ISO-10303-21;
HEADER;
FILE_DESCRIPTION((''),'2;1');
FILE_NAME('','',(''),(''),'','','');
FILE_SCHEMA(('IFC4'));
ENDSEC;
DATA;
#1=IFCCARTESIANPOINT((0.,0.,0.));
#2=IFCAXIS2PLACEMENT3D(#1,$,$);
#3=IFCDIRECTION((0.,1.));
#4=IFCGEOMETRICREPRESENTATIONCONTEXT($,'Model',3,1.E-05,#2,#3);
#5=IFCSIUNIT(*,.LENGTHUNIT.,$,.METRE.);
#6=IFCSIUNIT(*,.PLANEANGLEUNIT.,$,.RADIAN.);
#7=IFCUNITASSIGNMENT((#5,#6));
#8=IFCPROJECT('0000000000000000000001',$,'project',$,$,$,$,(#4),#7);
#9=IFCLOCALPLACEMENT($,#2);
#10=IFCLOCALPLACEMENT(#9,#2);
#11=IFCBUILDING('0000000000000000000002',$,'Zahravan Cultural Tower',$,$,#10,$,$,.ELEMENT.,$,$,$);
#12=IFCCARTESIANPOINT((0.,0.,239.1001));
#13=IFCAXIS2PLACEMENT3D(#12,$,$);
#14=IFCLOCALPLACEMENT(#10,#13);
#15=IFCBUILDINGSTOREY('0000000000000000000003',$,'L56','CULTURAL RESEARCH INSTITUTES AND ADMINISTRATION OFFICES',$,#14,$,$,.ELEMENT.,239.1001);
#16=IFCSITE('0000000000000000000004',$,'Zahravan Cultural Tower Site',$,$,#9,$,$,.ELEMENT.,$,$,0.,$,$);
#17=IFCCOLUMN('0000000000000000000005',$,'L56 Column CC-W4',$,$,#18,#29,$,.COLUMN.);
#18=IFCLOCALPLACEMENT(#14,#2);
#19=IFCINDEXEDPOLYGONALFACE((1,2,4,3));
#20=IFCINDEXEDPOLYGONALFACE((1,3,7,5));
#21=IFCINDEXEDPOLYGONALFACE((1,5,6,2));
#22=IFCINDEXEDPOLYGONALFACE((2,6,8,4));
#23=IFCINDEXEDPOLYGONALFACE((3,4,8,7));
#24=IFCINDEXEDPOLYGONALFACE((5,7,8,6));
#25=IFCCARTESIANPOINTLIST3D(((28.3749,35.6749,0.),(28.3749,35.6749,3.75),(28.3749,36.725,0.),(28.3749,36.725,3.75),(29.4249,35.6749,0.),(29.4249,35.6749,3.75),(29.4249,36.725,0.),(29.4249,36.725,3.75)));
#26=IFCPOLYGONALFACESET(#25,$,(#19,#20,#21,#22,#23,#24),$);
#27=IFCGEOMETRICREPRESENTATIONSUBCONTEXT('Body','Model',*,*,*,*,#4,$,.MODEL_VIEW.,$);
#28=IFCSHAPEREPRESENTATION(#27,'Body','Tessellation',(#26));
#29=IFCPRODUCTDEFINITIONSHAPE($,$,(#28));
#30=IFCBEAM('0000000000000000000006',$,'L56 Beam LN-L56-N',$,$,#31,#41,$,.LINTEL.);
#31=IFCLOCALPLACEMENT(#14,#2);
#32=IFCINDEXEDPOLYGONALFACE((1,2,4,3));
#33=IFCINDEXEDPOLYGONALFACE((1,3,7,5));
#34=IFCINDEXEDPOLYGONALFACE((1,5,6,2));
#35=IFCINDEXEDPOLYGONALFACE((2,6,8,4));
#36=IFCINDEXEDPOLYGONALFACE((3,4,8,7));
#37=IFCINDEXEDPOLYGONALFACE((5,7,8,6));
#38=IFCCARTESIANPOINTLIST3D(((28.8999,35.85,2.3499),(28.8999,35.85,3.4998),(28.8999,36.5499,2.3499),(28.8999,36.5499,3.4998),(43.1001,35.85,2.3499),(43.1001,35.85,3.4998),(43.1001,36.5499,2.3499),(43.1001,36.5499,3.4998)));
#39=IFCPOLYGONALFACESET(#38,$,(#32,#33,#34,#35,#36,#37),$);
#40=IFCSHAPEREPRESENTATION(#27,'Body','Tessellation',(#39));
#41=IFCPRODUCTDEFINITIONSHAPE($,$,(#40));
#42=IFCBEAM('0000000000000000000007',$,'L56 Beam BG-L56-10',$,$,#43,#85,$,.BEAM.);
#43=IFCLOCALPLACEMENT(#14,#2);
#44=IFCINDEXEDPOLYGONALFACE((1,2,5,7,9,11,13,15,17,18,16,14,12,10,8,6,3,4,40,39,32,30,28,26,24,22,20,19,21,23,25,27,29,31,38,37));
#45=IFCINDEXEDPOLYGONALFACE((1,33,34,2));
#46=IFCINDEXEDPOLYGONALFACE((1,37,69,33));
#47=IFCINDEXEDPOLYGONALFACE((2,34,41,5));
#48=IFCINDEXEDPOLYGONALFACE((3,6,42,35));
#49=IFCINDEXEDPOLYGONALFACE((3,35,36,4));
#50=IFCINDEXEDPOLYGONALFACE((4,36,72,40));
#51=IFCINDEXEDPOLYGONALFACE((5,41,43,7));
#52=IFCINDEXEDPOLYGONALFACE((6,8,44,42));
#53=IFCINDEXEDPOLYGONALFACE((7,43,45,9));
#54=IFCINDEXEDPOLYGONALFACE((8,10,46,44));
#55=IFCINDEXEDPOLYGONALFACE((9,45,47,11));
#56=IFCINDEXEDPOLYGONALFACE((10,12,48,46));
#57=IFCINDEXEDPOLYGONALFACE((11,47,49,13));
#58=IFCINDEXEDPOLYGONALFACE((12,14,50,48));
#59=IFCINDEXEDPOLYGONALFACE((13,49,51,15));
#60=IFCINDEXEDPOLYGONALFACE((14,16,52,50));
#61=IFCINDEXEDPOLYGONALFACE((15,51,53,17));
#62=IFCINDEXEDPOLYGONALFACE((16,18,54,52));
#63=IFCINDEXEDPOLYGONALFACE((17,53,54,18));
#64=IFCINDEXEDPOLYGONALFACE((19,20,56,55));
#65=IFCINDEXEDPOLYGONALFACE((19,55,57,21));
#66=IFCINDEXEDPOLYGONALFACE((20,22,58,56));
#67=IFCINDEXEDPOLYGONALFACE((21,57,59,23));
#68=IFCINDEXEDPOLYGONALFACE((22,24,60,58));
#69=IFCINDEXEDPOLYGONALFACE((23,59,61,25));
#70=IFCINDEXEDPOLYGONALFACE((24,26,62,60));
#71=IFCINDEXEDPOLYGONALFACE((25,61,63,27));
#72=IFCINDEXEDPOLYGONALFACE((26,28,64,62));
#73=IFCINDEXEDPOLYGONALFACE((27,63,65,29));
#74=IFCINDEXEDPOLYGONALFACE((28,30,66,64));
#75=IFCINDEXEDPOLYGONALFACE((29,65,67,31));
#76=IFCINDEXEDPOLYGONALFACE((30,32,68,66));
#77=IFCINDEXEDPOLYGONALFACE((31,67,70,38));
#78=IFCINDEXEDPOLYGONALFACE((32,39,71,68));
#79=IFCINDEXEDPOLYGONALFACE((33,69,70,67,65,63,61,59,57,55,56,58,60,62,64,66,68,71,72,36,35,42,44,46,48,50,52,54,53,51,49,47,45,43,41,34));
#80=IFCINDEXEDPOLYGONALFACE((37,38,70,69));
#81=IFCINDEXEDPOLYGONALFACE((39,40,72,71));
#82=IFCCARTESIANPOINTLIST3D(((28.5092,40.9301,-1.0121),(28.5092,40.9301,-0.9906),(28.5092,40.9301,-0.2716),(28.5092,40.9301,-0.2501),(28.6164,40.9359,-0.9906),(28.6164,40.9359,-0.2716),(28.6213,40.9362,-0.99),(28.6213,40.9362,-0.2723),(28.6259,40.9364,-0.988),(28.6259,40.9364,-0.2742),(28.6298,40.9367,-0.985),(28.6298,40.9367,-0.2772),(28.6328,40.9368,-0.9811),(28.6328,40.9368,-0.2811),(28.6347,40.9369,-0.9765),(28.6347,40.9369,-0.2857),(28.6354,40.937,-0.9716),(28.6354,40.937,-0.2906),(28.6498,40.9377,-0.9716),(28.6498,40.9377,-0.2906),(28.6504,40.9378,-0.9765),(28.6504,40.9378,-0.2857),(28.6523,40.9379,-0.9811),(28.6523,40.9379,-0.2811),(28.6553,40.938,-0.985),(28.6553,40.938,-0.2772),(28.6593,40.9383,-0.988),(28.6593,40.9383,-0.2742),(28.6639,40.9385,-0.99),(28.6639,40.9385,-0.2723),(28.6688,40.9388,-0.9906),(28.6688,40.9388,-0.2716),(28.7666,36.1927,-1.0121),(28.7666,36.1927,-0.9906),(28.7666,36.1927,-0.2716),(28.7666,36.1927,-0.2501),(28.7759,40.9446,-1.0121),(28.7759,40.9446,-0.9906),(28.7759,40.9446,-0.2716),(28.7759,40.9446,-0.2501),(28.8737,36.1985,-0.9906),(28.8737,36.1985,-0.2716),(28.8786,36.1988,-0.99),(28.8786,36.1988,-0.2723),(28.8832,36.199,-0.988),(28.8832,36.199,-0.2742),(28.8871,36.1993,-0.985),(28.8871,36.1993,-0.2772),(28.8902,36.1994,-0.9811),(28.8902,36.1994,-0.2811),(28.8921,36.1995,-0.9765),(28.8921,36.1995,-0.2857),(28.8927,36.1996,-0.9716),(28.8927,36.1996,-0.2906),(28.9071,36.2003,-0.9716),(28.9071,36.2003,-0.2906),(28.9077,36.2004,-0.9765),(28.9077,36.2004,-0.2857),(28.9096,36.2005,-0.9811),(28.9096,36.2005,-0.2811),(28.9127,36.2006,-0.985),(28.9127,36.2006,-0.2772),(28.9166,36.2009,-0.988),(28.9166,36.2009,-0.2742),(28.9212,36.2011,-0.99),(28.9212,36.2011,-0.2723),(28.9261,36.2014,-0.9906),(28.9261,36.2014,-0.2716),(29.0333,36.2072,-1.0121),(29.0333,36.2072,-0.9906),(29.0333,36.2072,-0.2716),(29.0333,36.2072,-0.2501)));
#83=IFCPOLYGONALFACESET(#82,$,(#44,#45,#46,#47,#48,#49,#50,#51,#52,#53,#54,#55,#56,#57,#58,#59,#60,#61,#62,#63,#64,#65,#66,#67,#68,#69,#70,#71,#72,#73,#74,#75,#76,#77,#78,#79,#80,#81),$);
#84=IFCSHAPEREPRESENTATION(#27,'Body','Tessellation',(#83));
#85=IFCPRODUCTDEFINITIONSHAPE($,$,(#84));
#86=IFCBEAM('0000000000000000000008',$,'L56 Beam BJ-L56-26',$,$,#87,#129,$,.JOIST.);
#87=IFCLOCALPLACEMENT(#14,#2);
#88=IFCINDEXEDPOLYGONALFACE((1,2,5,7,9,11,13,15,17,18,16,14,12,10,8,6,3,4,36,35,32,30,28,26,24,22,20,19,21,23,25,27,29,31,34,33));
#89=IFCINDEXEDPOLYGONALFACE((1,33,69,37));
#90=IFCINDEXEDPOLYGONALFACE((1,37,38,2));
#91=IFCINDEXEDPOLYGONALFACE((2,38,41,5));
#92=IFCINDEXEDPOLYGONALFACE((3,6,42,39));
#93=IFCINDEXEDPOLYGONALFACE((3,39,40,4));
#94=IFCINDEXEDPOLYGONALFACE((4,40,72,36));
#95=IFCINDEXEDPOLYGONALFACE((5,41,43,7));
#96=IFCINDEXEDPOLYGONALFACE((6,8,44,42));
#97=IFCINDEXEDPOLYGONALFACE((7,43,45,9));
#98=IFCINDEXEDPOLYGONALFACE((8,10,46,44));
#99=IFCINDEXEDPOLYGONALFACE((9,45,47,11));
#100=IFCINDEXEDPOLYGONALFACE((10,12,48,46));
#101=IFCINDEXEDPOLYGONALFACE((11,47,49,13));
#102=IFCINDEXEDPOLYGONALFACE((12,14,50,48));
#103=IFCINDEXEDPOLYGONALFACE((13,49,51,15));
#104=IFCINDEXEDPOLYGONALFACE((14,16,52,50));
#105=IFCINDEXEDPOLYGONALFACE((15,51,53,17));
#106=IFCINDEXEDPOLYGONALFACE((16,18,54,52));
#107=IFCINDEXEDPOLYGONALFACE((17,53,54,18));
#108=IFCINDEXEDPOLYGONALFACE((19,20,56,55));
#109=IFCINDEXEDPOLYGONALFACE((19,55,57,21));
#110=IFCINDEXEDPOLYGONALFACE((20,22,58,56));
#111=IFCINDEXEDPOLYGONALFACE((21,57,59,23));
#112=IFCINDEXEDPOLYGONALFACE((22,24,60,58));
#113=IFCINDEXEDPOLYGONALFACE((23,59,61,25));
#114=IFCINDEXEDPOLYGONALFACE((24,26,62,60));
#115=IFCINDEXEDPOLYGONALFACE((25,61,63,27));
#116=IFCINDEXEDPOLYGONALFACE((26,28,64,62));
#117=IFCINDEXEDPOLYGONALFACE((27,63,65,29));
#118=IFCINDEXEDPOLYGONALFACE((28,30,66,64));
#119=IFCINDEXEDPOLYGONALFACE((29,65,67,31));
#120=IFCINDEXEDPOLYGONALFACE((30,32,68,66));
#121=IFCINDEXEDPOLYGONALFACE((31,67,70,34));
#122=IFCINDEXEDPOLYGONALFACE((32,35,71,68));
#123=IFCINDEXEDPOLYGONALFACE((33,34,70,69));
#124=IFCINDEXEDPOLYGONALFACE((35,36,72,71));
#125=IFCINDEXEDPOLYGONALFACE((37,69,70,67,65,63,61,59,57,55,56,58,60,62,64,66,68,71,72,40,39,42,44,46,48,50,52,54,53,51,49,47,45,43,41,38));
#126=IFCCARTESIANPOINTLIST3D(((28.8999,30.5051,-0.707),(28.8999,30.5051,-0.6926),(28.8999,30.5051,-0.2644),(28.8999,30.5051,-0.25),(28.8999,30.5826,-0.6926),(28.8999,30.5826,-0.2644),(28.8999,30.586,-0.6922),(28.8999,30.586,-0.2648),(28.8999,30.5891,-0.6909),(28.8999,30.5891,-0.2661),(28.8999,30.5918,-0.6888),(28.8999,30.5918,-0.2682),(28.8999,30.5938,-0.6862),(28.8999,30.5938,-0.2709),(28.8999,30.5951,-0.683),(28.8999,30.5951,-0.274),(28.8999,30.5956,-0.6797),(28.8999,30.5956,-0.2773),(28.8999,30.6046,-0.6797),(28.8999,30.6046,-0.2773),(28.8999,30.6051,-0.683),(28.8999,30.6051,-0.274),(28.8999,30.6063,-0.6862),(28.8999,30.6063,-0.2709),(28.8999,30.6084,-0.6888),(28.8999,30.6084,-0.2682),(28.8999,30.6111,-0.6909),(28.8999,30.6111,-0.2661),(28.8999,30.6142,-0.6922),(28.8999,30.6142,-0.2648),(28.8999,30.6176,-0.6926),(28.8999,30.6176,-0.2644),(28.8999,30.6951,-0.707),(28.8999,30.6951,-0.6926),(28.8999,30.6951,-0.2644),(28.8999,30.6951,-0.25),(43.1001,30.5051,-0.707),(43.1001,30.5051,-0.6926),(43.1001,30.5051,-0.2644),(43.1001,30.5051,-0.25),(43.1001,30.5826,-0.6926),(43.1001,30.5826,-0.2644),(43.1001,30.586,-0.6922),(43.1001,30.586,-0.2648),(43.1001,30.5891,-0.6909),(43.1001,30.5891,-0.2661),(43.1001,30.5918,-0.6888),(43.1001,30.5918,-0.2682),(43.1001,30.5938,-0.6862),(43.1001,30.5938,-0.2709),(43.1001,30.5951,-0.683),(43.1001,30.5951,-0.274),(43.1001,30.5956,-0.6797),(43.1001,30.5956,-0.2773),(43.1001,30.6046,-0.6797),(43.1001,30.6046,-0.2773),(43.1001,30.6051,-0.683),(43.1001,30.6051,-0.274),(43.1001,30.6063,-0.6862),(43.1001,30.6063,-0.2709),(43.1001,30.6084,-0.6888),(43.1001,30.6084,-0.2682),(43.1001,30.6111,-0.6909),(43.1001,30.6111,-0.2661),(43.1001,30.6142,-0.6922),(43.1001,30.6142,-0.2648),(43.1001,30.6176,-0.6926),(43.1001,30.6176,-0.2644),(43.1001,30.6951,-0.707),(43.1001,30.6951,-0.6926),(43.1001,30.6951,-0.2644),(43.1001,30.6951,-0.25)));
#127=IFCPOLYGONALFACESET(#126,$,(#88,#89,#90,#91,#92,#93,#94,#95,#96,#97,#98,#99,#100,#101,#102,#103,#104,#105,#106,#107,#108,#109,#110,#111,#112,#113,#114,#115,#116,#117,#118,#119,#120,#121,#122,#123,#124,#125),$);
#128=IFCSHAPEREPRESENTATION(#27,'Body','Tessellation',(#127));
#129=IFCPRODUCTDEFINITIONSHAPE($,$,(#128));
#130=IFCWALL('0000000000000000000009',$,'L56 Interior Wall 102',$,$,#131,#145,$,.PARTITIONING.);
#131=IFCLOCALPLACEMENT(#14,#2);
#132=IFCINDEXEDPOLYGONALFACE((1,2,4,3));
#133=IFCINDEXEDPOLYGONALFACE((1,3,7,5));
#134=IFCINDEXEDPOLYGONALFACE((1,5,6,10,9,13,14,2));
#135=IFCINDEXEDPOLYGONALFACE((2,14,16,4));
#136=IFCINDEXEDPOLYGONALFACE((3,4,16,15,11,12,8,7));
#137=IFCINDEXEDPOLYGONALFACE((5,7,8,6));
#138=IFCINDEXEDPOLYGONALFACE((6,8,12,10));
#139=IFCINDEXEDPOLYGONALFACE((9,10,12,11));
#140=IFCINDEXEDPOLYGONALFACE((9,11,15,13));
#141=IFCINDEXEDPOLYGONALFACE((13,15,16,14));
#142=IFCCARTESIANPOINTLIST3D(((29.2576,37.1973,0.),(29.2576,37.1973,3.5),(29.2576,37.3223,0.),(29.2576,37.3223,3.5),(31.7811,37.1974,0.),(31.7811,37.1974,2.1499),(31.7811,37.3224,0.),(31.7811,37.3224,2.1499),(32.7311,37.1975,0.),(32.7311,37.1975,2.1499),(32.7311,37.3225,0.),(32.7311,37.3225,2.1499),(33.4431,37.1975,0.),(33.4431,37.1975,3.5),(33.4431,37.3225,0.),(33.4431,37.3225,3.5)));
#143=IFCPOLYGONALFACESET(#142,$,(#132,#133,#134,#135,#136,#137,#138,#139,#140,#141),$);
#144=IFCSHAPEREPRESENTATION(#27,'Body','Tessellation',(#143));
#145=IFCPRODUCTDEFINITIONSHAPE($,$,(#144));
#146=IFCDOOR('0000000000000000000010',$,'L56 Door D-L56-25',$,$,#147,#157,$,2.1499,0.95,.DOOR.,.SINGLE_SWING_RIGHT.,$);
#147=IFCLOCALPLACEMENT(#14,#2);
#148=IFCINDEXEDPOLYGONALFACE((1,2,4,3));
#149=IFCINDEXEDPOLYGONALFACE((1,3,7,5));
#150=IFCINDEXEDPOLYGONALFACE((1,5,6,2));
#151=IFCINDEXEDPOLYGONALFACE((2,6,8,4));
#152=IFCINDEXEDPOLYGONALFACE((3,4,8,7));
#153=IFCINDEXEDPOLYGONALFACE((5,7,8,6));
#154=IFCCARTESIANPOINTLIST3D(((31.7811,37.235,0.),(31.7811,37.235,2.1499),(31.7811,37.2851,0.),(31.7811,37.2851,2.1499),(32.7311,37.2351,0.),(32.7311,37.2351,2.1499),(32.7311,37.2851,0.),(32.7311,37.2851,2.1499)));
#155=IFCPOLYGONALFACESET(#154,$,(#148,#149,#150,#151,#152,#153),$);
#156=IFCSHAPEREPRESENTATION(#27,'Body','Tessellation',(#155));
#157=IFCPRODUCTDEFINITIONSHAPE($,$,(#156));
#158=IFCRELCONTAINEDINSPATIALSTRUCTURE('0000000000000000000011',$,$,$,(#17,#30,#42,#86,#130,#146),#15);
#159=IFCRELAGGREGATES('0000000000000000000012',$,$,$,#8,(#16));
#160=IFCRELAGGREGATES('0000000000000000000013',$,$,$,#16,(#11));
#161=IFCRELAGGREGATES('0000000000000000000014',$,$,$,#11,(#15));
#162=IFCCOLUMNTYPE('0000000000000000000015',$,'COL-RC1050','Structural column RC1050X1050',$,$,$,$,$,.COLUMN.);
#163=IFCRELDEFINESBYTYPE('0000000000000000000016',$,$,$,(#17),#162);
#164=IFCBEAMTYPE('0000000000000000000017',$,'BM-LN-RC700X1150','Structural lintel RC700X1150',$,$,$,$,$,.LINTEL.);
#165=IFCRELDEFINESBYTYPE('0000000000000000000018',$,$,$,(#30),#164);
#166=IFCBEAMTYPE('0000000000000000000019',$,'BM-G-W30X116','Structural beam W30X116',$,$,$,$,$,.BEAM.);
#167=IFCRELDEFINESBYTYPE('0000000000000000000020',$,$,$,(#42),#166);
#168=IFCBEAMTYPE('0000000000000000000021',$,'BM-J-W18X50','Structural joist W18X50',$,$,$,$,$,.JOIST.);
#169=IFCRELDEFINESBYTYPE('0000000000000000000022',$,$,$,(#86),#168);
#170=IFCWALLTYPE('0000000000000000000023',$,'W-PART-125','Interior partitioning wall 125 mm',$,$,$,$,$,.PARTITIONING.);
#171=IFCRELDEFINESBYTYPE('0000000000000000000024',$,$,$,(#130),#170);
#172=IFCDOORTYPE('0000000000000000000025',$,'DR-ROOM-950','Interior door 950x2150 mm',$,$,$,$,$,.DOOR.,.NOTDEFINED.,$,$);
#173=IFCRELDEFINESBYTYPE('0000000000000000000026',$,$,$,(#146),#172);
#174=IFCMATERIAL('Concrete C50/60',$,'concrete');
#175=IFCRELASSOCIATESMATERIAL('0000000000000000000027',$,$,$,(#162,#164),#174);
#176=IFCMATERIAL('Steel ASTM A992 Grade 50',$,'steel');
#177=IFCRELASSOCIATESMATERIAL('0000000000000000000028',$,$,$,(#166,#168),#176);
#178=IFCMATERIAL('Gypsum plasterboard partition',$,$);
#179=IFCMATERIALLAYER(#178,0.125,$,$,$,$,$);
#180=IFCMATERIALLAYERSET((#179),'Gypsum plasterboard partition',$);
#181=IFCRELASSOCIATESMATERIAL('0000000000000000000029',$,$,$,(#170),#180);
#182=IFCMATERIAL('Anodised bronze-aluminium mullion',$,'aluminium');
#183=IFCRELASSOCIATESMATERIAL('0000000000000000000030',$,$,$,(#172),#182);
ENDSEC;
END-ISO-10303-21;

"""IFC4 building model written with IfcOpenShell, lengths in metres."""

from ifc_helpers import new_model, si_unit, direction, frame, frame_2d, origin, origin_2d, place, context, subcontext, project, spatial, rectangle, i_section, extrude, source, transform, mapped, material, layer, layer_set, material_profile, profile_set, type_object, element, fill, save


model = new_model("IFC4")

# Units and contexts
model_context = context("Model", 3, precision=1e-05, world=origin(), true_north=direction((0.0, 1.0)))
body_context = subcontext(model_context, "Body", "Model", "MODEL_VIEW")
ifc_project = project(units=[si_unit("LENGTHUNIT", "METRE"), si_unit("PLANEANGLEUNIT", "RADIAN")], contexts=[model_context])

# Site, building, storey
site_placement = place(None, origin())
site = spatial("IfcSite", under=ifc_project, at=site_placement, Name="Zahravan Cultural Tower Site", CompositionType="ELEMENT", RefElevation=0.0)
building_placement = place(site_placement, origin())
building = spatial("IfcBuilding", under=site, at=building_placement, Name="Zahravan Cultural Tower", CompositionType="ELEMENT")
storey_placement = place(building_placement, frame((0.0, 0.0, 239.1001)))
storey = spatial("IfcBuildingStorey", under=building, at=storey_placement, Name="L56", Description="CULTURAL RESEARCH INSTITUTES AND ADMINISTRATION OFFICES", CompositionType="ELEMENT", Elevation=239.1001)

# Column
ifc_material_1 = material(Name="Concrete C50/60", Category="concrete")
ifc_material_profile_1 = material_profile(ifc_material_1, rectangle(XDim=1.05, YDim=1.05, at=origin_2d()), Name="RC1050X1050")
ifc_profile_set_1 = profile_set([ifc_material_profile_1], Name="Concrete C50/60")
column_type = type_object("IfcColumnType", Name="COL-RC1050", Description="Structural column RC1050X1050", PredefinedType="COLUMN", material=ifc_profile_set_1)
shared_shape_1 = source(origin(), body_context, "Body", "SweptSolid", [
    extrude(rectangle(XDim=1.05, YDim=1.05, at=origin_2d()), origin(), (0.0, 0.0, 1.0), 3.75),
])
column_placement = place(storey_placement, frame((28.8999, 36.2, 0.0), z_axis=(0.0, 0.0, 1.0), x_axis=(1.0, 0.0, 0.0)))
element("IfcColumn", 1, at=column_placement, inside=storey, type_object=column_type, Name="L56 Column CC-W4", PredefinedType="COLUMN", context=body_context, shape_type="MappedRepresentation", body=[
    mapped(shared_shape_1, transform((0.0, 0.0, 0.0), x_axis=(1.0, 0.0, 0.0), y_axis=(0.0, 1.0, 0.0), z_axis=(0.0, 0.0, 1.0), scale=1.0)),
])

# Beams
ifc_material_profile_2 = material_profile(ifc_material_1, rectangle(XDim=0.7, YDim=1.1499, at=origin_2d()), Name="RC700X1150")
ifc_profile_set_2 = profile_set([ifc_material_profile_2], Name="Concrete C50/60")
beam_type_1 = type_object("IfcBeamType", Name="BM-LN-RC700X1150", Description="Structural lintel RC700X1150", PredefinedType="LINTEL", material=ifc_profile_set_2)
shared_shape_2 = source(origin(), body_context, "Body", "SweptSolid", [
    extrude(rectangle(XDim=0.7, YDim=1.1499, at=origin_2d()), origin(), (0.0, 0.0, 1.0), 14.2002),
])
beam_1_placement = place(storey_placement, frame((28.8999, 36.2, 2.9248), z_axis=(1.0, 0.0, 0.0), x_axis=(0.0, 1.0, 0.0)))
element("IfcBeam", 2, at=beam_1_placement, inside=storey, type_object=beam_type_1, Name="L56 Beam LN-L56-N", PredefinedType="LINTEL", context=body_context, shape_type="MappedRepresentation", body=[
    mapped(shared_shape_2, transform((0.0, 0.0, 0.0), x_axis=(1.0, 0.0, 0.0), y_axis=(0.0, 1.0, 0.0), z_axis=(0.0, 0.0, 1.0), scale=1.0)),
])
ifc_material_2 = material(Name="Steel ASTM A992 Grade 50", Category="steel")
ifc_material_profile_3 = material_profile(ifc_material_2, i_section(OverallWidth=0.2671, OverallDepth=0.762, WebThickness=0.0144, FlangeThickness=0.0215, FilletRadius=0.019, at=origin_2d()), Name="W30X116")
ifc_profile_set_3 = profile_set([ifc_material_profile_3], Name="Steel ASTM A992 Grade 50")
beam_type_2 = type_object("IfcBeamType", Name="BM-G-W30X116", Description="Structural beam W30X116", PredefinedType="BEAM", material=ifc_profile_set_3)
shared_shape_3 = source(origin(), body_context, "Body", "SweptSolid", [
    extrude(i_section(OverallWidth=0.2671, OverallDepth=0.762, WebThickness=0.0144, FlangeThickness=0.0215, FilletRadius=0.019, at=origin_2d()), origin(), (0.0, 0.0, 1.0), 4.7444),
])
beam_2_placement = place(storey_placement, frame((28.8999, 36.2, -0.6311), z_axis=(-0.054239, 0.998528, 0.0), x_axis=(-0.998528, -0.054239, 0.0)))
element("IfcBeam", 3, at=beam_2_placement, inside=storey, type_object=beam_type_2, Name="L56 Beam BG-L56-10", PredefinedType="BEAM", context=body_context, shape_type="MappedRepresentation", body=[
    mapped(shared_shape_3, transform((0.0, 0.0, 0.0), x_axis=(1.0, 0.0, 0.0), y_axis=(0.0, 1.0, 0.0), z_axis=(0.0, 0.0, 1.0), scale=1.0)),
])
ifc_material_profile_4 = material_profile(ifc_material_2, i_section(OverallWidth=0.1899, OverallDepth=0.457, WebThickness=0.009, FlangeThickness=0.0144, FilletRadius=0.0129, at=origin_2d()), Name="W18X50")
ifc_profile_set_4 = profile_set([ifc_material_profile_4], Name="Steel ASTM A992 Grade 50")
beam_type_3 = type_object("IfcBeamType", Name="BM-J-W18X50", Description="Structural joist W18X50", PredefinedType="JOIST", material=ifc_profile_set_4)
shared_shape_4 = source(origin(), body_context, "Body", "SweptSolid", [
    extrude(i_section(OverallWidth=0.1899, OverallDepth=0.457, WebThickness=0.009, FlangeThickness=0.0144, FilletRadius=0.0129, at=origin_2d()), origin(), (0.0, 0.0, 1.0), 14.2002),
])
beam_3_placement = place(storey_placement, frame((28.8999, 30.6001, -0.4785), z_axis=(1.0, 0.0, 0.0), x_axis=(0.0, 1.0, 0.0)))
element("IfcBeam", 4, at=beam_3_placement, inside=storey, type_object=beam_type_3, Name="L56 Beam BJ-L56-26", PredefinedType="JOIST", context=body_context, shape_type="MappedRepresentation", body=[
    mapped(shared_shape_4, transform((0.0, 0.0, 0.0), x_axis=(1.0, 0.0, 0.0), y_axis=(0.0, 1.0, 0.0), z_axis=(0.0, 0.0, 1.0), scale=1.0)),
])

# Wall, opening, door
ifc_material_3 = material(Name="Gypsum plasterboard partition")
ifc_layer_1 = layer(ifc_material_3, 0.125)
ifc_layer_set_1 = layer_set([ifc_layer_1], Name="Gypsum plasterboard partition")
wall_type_1 = type_object("IfcWallType", Name="W-PART-125", Description="Interior partitioning wall 125 mm", PredefinedType="PARTITIONING", material=ifc_layer_set_1)
wall_1_placement = place(storey_placement, frame((33.4431, 37.26, 0.0), z_axis=(0.0, 0.0, 1.0), x_axis=(-1.0, -0.000058, 0.0)))
wall_1 = element("IfcWall", 5, at=wall_1_placement, inside=storey, type_object=wall_type_1, Name="L56 Interior Wall 102", PredefinedType="PARTITIONING", context=body_context, shape_type="SweptSolid", body=[
    extrude(rectangle(XDim=4.1855, YDim=0.125, at=frame_2d((2.0928, 0.0))), origin(), (0.0, 0.0, 1.0), 3.5),
])
opening_1_placement = place(wall_1_placement, frame((0.7119, 0.0, 0.0)))
opening_1 = element("IfcOpeningElement", 6, at=opening_1_placement, cuts=wall_1, PredefinedType="OPENING", context=body_context, shape_type="SweptSolid", body=[
    extrude(rectangle(XDim=0.95, YDim=2.1499, at=frame_2d((0.4751, 1.075))), frame((0.0, 0.0725, 0.0), z_axis=(0.0, -1.0, 0.0), x_axis=(1.0, 0.0, 0.0)), (0.0, 0.0, 1.0), 0.145),
])
ifc_material_4 = material(Name="Anodised bronze-aluminium mullion", Category="aluminium")
door_type_1 = type_object("IfcDoorType", Name="DR-ROOM-950", Description="Interior door 950x2150 mm", OperationType="NOTDEFINED", PredefinedType="DOOR", material=ifc_material_4)
shared_shape_5 = source(origin(), body_context, "Body", "SweptSolid", [
    extrude(rectangle(XDim=0.95, YDim=2.1499, at=frame_2d((0.4751, 1.075))), frame((0.0, 0.0249, 0.0), z_axis=(0.0, -1.0, 0.0), x_axis=(1.0, 0.0, 0.0)), (0.0, 0.0, 1.0), 0.05),
])
door_1_placement = place(opening_1_placement, origin())
door_1 = element("IfcDoor", 7, at=door_1_placement, inside=storey, type_object=door_type_1, Name="L56 Door D-L56-25", OperationType="SINGLE_SWING_RIGHT", OverallHeight=2.1499, OverallWidth=0.95, PredefinedType="DOOR", context=body_context, shape_type="MappedRepresentation", body=[
    mapped(shared_shape_5, transform((0.0, 0.0, 0.0), x_axis=(1.0, 0.0, 0.0), y_axis=(0.0, 1.0, 0.0), z_axis=(0.0, 0.0, 1.0), scale=1.0)),
])
fill(opening_1, door_1)

save(model, "model.ifc")
